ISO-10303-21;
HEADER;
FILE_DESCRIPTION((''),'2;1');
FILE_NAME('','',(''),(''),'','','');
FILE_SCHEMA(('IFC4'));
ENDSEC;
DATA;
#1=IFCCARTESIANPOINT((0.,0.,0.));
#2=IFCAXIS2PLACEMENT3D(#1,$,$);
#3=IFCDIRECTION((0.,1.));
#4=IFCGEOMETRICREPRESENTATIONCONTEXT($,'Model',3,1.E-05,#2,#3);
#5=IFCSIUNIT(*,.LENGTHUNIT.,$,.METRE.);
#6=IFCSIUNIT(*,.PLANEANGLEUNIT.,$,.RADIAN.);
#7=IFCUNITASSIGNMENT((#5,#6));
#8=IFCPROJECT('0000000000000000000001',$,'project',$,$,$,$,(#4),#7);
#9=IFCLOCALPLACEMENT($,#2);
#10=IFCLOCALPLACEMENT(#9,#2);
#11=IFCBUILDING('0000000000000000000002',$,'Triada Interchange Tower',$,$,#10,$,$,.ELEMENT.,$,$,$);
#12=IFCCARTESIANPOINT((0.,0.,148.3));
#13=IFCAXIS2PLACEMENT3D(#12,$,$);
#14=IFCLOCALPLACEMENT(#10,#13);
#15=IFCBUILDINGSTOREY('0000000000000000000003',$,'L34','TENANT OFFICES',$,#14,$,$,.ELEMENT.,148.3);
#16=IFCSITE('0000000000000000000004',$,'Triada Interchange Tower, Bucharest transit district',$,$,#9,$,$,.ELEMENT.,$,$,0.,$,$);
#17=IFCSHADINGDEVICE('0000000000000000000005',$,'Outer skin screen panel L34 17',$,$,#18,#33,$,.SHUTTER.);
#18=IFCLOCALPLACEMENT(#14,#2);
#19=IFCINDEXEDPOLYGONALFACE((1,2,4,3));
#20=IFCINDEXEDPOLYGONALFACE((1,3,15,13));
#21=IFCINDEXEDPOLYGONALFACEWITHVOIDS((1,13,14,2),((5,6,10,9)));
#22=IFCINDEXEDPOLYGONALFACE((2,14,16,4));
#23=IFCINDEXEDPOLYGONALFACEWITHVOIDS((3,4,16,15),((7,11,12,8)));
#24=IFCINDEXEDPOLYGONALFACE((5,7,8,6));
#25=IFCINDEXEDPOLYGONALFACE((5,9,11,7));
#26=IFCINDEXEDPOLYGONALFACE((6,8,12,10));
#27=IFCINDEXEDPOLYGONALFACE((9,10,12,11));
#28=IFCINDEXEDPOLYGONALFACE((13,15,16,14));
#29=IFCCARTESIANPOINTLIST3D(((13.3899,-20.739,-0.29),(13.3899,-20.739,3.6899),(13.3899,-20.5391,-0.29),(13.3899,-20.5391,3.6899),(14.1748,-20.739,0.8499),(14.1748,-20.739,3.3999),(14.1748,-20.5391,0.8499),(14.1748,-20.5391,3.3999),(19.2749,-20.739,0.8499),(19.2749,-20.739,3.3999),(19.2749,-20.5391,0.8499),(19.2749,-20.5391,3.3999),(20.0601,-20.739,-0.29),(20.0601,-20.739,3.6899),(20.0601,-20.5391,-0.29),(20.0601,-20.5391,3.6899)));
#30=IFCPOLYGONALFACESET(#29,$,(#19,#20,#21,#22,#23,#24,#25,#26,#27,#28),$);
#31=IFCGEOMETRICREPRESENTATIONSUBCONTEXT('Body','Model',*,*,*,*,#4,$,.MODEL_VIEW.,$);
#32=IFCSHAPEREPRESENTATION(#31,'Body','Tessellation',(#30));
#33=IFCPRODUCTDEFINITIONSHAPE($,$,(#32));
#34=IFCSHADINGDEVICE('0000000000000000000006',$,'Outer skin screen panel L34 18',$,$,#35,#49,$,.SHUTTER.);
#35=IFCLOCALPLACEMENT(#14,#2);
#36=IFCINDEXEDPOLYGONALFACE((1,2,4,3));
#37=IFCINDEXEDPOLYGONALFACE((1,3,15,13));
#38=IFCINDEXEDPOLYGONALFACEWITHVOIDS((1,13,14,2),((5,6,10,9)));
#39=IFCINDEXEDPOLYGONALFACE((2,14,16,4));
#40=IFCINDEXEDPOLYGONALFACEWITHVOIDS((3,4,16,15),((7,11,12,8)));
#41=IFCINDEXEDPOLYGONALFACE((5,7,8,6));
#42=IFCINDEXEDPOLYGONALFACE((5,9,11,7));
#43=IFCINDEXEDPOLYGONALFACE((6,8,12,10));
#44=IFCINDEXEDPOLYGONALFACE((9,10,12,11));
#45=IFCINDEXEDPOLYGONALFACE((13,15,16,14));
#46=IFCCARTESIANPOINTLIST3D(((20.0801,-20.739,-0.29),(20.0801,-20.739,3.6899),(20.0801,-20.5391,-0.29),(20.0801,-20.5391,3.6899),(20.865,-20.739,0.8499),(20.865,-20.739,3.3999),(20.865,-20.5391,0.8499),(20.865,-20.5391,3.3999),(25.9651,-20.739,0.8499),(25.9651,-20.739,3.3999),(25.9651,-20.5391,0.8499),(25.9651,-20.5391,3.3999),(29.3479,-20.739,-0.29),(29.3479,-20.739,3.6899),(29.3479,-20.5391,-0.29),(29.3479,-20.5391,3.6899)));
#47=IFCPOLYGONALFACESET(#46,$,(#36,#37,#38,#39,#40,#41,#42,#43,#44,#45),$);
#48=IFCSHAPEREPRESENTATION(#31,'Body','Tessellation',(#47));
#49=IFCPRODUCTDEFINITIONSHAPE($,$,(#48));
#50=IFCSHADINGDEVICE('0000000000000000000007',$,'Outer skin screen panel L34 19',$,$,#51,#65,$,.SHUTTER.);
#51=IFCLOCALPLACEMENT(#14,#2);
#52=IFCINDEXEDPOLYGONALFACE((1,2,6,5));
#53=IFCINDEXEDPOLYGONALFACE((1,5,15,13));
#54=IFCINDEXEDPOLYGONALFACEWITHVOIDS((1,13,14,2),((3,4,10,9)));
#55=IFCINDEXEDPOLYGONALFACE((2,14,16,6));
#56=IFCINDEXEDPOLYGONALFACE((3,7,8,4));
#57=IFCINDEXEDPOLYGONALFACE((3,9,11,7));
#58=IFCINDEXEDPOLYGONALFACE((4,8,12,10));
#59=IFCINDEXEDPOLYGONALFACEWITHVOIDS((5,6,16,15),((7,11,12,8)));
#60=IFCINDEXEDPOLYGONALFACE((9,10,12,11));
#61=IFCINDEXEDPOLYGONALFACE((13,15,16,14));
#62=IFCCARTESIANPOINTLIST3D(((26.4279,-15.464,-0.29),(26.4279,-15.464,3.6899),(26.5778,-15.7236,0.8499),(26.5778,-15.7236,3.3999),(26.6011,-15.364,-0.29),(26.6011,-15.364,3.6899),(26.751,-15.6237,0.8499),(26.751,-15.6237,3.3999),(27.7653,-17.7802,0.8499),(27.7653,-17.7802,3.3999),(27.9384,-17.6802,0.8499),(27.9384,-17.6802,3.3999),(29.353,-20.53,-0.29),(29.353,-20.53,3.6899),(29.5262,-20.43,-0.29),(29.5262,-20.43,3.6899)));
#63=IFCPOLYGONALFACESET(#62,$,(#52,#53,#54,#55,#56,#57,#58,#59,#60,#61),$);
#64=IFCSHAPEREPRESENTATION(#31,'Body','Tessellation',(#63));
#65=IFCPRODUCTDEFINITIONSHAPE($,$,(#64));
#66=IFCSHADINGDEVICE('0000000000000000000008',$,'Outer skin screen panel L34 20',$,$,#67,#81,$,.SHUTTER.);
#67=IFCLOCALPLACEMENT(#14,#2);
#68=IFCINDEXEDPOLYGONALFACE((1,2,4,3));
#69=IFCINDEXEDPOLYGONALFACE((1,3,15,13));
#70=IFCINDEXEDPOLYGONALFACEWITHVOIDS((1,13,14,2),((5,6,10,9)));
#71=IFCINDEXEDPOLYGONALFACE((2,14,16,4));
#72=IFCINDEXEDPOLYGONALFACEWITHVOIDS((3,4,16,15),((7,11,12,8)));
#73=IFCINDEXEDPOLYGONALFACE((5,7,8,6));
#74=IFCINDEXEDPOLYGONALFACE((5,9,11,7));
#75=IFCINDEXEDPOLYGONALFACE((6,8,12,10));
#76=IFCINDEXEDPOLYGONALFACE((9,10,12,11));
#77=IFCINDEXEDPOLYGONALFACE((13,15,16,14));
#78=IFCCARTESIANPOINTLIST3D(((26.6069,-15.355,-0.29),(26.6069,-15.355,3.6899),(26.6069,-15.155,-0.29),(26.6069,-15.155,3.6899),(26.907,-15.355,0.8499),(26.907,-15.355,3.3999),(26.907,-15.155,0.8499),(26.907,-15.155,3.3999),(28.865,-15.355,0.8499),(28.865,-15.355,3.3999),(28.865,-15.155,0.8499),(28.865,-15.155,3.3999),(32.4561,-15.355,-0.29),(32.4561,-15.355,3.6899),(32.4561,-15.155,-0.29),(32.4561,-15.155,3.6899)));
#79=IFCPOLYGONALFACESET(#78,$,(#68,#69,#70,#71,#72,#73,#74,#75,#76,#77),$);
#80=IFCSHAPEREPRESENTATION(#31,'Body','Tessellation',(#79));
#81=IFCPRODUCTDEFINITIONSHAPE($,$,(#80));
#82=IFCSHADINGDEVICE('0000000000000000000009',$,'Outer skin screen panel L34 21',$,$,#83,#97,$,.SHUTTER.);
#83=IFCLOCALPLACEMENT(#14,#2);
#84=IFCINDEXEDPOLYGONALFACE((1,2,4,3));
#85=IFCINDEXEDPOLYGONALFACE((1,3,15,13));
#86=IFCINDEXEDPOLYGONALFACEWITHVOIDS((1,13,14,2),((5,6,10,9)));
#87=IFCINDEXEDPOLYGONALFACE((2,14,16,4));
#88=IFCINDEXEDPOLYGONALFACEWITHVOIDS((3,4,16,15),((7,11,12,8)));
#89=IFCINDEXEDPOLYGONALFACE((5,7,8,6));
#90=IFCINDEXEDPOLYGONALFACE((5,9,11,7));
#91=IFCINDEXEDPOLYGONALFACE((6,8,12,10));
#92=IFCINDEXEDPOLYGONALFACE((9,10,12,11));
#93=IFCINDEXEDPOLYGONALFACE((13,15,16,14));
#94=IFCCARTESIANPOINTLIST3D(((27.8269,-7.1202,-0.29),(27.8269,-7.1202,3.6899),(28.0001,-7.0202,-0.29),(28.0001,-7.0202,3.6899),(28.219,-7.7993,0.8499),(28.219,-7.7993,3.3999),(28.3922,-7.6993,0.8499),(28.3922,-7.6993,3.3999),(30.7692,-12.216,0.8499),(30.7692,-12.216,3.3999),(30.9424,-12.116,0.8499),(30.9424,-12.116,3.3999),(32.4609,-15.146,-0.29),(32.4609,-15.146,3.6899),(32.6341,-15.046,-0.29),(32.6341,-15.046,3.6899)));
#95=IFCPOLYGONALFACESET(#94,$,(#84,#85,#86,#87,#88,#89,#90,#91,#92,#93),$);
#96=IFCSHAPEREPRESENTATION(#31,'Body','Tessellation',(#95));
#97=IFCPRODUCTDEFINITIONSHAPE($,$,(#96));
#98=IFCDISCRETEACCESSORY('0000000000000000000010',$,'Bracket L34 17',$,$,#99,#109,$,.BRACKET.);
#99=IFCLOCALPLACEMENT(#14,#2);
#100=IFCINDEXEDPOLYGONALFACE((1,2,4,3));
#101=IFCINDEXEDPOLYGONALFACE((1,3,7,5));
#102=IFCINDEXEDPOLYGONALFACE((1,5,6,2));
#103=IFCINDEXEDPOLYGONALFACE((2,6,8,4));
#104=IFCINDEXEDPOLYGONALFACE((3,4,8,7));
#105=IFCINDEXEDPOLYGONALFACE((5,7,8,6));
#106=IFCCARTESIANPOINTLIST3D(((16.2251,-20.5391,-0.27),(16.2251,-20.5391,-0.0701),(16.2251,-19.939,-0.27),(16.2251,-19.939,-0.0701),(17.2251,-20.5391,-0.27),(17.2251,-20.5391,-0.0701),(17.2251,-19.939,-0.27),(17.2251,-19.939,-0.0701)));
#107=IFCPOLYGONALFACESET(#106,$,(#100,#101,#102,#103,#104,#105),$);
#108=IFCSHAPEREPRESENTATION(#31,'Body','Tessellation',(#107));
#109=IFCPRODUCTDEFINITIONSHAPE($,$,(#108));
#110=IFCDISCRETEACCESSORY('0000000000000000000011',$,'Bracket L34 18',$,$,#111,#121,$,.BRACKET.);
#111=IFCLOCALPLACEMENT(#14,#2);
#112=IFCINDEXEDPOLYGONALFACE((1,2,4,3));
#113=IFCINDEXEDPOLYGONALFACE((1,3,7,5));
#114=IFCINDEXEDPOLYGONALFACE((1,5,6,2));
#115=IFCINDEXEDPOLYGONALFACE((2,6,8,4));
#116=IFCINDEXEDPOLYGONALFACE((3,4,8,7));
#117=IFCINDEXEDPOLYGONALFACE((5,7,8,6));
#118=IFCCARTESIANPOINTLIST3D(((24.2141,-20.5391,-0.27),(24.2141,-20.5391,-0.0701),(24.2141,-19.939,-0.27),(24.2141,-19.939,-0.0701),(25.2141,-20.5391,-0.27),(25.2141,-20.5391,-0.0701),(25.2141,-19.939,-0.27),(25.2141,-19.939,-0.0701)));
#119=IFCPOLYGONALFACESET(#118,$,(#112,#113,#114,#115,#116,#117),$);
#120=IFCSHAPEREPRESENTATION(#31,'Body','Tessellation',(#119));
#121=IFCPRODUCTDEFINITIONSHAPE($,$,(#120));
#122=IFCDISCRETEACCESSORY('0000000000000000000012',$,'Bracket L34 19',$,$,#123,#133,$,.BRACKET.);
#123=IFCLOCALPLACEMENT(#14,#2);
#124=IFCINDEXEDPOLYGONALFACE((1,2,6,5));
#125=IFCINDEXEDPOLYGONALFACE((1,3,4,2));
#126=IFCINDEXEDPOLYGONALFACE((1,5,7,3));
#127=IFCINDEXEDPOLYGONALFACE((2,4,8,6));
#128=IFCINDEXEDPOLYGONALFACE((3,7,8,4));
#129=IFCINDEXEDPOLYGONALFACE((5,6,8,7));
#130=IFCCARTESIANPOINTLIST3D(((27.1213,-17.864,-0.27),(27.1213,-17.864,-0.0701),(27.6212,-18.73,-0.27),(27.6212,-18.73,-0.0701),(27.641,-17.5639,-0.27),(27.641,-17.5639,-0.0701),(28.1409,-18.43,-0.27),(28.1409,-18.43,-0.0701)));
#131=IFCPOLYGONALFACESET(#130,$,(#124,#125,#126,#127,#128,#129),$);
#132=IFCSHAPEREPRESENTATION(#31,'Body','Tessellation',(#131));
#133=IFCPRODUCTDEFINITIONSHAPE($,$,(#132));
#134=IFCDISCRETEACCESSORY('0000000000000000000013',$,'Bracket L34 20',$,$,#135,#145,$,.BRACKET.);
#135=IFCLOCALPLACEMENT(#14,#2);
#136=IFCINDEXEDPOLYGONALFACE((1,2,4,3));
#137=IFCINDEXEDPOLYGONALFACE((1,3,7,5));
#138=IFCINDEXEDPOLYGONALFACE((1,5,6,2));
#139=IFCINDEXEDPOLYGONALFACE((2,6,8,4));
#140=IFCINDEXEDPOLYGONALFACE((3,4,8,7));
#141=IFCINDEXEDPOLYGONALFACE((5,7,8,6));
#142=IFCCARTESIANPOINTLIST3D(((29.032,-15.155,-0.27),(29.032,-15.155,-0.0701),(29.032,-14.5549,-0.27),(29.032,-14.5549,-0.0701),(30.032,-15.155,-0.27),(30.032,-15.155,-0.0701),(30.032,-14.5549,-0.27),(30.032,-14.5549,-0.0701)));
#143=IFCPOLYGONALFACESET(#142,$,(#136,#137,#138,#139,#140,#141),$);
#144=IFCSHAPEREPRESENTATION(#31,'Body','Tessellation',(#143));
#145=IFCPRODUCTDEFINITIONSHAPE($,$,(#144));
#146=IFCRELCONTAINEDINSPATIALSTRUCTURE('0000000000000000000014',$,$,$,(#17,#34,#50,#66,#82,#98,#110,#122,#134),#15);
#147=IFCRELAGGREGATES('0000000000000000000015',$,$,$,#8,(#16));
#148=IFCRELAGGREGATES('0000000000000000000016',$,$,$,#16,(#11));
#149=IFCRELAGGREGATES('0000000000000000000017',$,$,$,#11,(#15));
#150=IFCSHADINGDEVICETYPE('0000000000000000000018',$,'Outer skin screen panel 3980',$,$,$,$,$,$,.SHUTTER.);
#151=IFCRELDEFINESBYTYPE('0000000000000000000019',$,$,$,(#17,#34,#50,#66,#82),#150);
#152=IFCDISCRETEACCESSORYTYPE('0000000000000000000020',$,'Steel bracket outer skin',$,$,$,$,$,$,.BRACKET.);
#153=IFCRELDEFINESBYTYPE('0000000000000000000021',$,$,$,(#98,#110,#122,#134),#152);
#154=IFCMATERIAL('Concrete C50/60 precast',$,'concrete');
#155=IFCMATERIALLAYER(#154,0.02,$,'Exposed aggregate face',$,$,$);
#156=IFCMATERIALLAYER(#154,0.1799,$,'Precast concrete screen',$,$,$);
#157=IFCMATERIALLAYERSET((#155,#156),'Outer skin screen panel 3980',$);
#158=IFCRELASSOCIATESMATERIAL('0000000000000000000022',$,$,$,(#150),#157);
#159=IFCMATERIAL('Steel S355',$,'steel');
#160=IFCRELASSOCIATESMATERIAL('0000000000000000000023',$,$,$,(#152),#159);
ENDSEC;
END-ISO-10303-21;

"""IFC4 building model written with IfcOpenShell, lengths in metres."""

from ifc_helpers import new_model, si_unit, direction, frame, origin, origin_2d, place, context, subcontext, project, spatial, polyline, rectangle, outline, extrude, material, layer, layer_set, type_object, element, save


model = new_model("IFC4")

# Units and contexts
model_context = context("Model", 3, precision=1e-05, world=origin(), true_north=direction((0.0, 1.0)))
body_context = subcontext(model_context, "Body", "Model", "MODEL_VIEW")
ifc_project = project(units=[si_unit("LENGTHUNIT", "METRE"), si_unit("PLANEANGLEUNIT", "RADIAN")], contexts=[model_context])

# Site, building, storey
site_placement = place(None, origin())
site = spatial("IfcSite", under=ifc_project, at=site_placement, Name="Triada Interchange Tower, Bucharest transit district", CompositionType="ELEMENT", RefElevation=0.0)
building_placement = place(site_placement, origin())
building = spatial("IfcBuilding", under=site, at=building_placement, Name="Triada Interchange Tower", CompositionType="ELEMENT")
storey_placement = place(building_placement, frame((0.0, 0.0, 148.3)))
storey = spatial("IfcBuildingStorey", under=building, at=storey_placement, Name="L34", Description="TENANT OFFICES", CompositionType="ELEMENT", Elevation=148.3)

# Shading devices
ifc_material_1 = material(Name="Concrete C50/60 precast", Category="concrete")
ifc_layer_1 = layer(ifc_material_1, 0.02, Name="Exposed aggregate face")
ifc_layer_2 = layer(ifc_material_1, 0.1799, Name="Precast concrete screen")
ifc_layer_set_1 = layer_set([ifc_layer_1, ifc_layer_2], Name="Outer skin screen panel 3980")
shading_device_type = type_object("IfcShadingDeviceType", Name="Outer skin screen panel 3980", PredefinedType="SHUTTER", material=ifc_layer_set_1)
shading_device_1_placement = place(storey_placement, frame((13.3899, -20.5391, -0.29), z_axis=(0.0, 0.0, 1.0), x_axis=(1.0, 0.0, 0.0)))
element("IfcShadingDevice", 1, at=shading_device_1_placement, inside=storey, type_object=shading_device_type, Name="Outer skin screen panel L34 17", PredefinedType="SHUTTER", context=body_context, shape_type="SweptSolid", body=[
    extrude(outline(polyline([(0.0, 0.0), (6.6702, 0.0), (6.6702, 3.98), (0.0, 3.98), (0.0, 0.0)]), holes=[polyline([(0.7849, 1.1399), (0.7849, 3.6899), (5.885, 3.6899), (5.885, 1.1399), (0.7849, 1.1399)])]), frame((0.0, 0.0, 0.0), z_axis=(0.0, -1.0, 0.0), x_axis=(1.0, 0.0, 0.0)), (0.0, 0.0, 1.0), 0.2),
])
shading_device_2_placement = place(storey_placement, frame((20.0801, -20.5391, -0.29), z_axis=(0.0, 0.0, 1.0), x_axis=(1.0, 0.0, 0.0)))
element("IfcShadingDevice", 2, at=shading_device_2_placement, inside=storey, type_object=shading_device_type, Name="Outer skin screen panel L34 18", PredefinedType="SHUTTER", context=body_context, shape_type="SweptSolid", body=[
    extrude(outline(polyline([(0.0, 0.0), (9.2678, 0.0), (9.2678, 3.98), (0.0, 3.98), (0.0, 0.0)]), holes=[polyline([(0.7849, 1.1399), (0.7849, 3.6899), (5.885, 3.6899), (5.885, 1.1399), (0.7849, 1.1399)])]), frame((0.0, 0.0, 0.0), z_axis=(0.0, -1.0, 0.0), x_axis=(1.0, 0.0, 0.0)), (0.0, 0.0, 1.0), 0.2),
])
shading_device_3_placement = place(storey_placement, frame((29.353, -20.53, -0.29), z_axis=(0.0, 0.0, 1.0), x_axis=(-0.500031, 0.866008, 0.0)))
element("IfcShadingDevice", 3, at=shading_device_3_placement, inside=storey, type_object=shading_device_type, Name="Outer skin screen panel L34 19", PredefinedType="SHUTTER", context=body_context, shape_type="SweptSolid", body=[
    extrude(outline(polyline([(0.0, 0.0), (5.8499, 0.0), (5.8499, 3.98), (0.0, 3.98), (0.0, 0.0)]), holes=[polyline([(3.1753, 1.1399), (3.1753, 3.6899), (5.55, 3.6899), (5.55, 1.1399), (3.1753, 1.1399)])]), frame((0.0, 0.0, 0.0), z_axis=(0.0, -1.0, 0.0), x_axis=(1.0, 0.0, 0.0)), (0.0, 0.0, 1.0), 0.2),
])
shading_device_4_placement = place(storey_placement, frame((26.6069, -15.155, -0.29), z_axis=(0.0, 0.0, 1.0), x_axis=(1.0, 0.0, 0.0)))
element("IfcShadingDevice", 4, at=shading_device_4_placement, inside=storey, type_object=shading_device_type, Name="Outer skin screen panel L34 20", PredefinedType="SHUTTER", context=body_context, shape_type="SweptSolid", body=[
    extrude(outline(polyline([(0.0, 0.0), (5.8491, 0.0), (5.8491, 3.98), (0.0, 3.98), (0.0, 0.0)]), holes=[polyline([(0.3, 1.1399), (0.3, 3.6899), (2.2581, 3.6899), (2.2581, 1.1399), (0.3, 1.1399)])]), frame((0.0, 0.0, 0.0), z_axis=(0.0, -1.0, 0.0), x_axis=(1.0, 0.0, 0.0)), (0.0, 0.0, 1.0), 0.2),
])
shading_device_5_placement = place(storey_placement, frame((32.4609, -15.146, -0.29), z_axis=(0.0, 0.0, 1.0), x_axis=(-0.500023, 0.866012, 0.0)))
element("IfcShadingDevice", 5, at=shading_device_5_placement, inside=storey, type_object=shading_device_type, Name="Outer skin screen panel L34 21", PredefinedType="SHUTTER", context=body_context, shape_type="SweptSolid", body=[
    extrude(outline(polyline([(0.0, 0.0), (9.2676, 0.0), (9.2676, 3.98), (0.0, 3.98), (0.0, 0.0)]), holes=[polyline([(3.3833, 1.1399), (3.3833, 3.6899), (8.4834, 3.6899), (8.4834, 1.1399), (3.3833, 1.1399)])]), frame((0.0, 0.0, 0.0), z_axis=(0.0, -1.0, 0.0), x_axis=(1.0, 0.0, 0.0)), (0.0, 0.0, 1.0), 0.2),
])

# Discrete accessories
ifc_material_2 = material(Name="Steel S355", Category="steel")
discrete_accessory_type = type_object("IfcDiscreteAccessoryType", Name="Steel bracket outer skin", PredefinedType="BRACKET", material=ifc_material_2)
for number, where, z_axis, x_axis, name in (
    (6, (16.7251, -20.239, -0.27), (0.0, 0.0, 1.0), (0.0, -1.0, 0.0), "Bracket L34 17"),
    (7, (24.7141, -20.239, -0.27), (0.0, 0.0, 1.0), (0.0, -1.0, 0.0), "Bracket L34 18"),
    (8, (27.6311, -18.147, -0.27), (0.0, 0.0, 1.0), (0.866057, 0.499945, 0.0), "Bracket L34 19"),
    (9, (29.532, -14.855, -0.27), (0.0, 0.0, 1.0), (0.0, -1.0, 0.0), "Bracket L34 20"),
):
    element("IfcDiscreteAccessory", number, at=place(storey_placement, frame(where, z_axis=z_axis, x_axis=x_axis)), inside=storey, type_object=discrete_accessory_type, Name=name, PredefinedType="BRACKET", context=body_context, shape_type="SweptSolid", body=[
        extrude(rectangle(XDim=0.6001, YDim=1.0, at=origin_2d()), origin(), (0.0, 0.0, 1.0), 0.2),
    ])

save(model, "model.ifc")
